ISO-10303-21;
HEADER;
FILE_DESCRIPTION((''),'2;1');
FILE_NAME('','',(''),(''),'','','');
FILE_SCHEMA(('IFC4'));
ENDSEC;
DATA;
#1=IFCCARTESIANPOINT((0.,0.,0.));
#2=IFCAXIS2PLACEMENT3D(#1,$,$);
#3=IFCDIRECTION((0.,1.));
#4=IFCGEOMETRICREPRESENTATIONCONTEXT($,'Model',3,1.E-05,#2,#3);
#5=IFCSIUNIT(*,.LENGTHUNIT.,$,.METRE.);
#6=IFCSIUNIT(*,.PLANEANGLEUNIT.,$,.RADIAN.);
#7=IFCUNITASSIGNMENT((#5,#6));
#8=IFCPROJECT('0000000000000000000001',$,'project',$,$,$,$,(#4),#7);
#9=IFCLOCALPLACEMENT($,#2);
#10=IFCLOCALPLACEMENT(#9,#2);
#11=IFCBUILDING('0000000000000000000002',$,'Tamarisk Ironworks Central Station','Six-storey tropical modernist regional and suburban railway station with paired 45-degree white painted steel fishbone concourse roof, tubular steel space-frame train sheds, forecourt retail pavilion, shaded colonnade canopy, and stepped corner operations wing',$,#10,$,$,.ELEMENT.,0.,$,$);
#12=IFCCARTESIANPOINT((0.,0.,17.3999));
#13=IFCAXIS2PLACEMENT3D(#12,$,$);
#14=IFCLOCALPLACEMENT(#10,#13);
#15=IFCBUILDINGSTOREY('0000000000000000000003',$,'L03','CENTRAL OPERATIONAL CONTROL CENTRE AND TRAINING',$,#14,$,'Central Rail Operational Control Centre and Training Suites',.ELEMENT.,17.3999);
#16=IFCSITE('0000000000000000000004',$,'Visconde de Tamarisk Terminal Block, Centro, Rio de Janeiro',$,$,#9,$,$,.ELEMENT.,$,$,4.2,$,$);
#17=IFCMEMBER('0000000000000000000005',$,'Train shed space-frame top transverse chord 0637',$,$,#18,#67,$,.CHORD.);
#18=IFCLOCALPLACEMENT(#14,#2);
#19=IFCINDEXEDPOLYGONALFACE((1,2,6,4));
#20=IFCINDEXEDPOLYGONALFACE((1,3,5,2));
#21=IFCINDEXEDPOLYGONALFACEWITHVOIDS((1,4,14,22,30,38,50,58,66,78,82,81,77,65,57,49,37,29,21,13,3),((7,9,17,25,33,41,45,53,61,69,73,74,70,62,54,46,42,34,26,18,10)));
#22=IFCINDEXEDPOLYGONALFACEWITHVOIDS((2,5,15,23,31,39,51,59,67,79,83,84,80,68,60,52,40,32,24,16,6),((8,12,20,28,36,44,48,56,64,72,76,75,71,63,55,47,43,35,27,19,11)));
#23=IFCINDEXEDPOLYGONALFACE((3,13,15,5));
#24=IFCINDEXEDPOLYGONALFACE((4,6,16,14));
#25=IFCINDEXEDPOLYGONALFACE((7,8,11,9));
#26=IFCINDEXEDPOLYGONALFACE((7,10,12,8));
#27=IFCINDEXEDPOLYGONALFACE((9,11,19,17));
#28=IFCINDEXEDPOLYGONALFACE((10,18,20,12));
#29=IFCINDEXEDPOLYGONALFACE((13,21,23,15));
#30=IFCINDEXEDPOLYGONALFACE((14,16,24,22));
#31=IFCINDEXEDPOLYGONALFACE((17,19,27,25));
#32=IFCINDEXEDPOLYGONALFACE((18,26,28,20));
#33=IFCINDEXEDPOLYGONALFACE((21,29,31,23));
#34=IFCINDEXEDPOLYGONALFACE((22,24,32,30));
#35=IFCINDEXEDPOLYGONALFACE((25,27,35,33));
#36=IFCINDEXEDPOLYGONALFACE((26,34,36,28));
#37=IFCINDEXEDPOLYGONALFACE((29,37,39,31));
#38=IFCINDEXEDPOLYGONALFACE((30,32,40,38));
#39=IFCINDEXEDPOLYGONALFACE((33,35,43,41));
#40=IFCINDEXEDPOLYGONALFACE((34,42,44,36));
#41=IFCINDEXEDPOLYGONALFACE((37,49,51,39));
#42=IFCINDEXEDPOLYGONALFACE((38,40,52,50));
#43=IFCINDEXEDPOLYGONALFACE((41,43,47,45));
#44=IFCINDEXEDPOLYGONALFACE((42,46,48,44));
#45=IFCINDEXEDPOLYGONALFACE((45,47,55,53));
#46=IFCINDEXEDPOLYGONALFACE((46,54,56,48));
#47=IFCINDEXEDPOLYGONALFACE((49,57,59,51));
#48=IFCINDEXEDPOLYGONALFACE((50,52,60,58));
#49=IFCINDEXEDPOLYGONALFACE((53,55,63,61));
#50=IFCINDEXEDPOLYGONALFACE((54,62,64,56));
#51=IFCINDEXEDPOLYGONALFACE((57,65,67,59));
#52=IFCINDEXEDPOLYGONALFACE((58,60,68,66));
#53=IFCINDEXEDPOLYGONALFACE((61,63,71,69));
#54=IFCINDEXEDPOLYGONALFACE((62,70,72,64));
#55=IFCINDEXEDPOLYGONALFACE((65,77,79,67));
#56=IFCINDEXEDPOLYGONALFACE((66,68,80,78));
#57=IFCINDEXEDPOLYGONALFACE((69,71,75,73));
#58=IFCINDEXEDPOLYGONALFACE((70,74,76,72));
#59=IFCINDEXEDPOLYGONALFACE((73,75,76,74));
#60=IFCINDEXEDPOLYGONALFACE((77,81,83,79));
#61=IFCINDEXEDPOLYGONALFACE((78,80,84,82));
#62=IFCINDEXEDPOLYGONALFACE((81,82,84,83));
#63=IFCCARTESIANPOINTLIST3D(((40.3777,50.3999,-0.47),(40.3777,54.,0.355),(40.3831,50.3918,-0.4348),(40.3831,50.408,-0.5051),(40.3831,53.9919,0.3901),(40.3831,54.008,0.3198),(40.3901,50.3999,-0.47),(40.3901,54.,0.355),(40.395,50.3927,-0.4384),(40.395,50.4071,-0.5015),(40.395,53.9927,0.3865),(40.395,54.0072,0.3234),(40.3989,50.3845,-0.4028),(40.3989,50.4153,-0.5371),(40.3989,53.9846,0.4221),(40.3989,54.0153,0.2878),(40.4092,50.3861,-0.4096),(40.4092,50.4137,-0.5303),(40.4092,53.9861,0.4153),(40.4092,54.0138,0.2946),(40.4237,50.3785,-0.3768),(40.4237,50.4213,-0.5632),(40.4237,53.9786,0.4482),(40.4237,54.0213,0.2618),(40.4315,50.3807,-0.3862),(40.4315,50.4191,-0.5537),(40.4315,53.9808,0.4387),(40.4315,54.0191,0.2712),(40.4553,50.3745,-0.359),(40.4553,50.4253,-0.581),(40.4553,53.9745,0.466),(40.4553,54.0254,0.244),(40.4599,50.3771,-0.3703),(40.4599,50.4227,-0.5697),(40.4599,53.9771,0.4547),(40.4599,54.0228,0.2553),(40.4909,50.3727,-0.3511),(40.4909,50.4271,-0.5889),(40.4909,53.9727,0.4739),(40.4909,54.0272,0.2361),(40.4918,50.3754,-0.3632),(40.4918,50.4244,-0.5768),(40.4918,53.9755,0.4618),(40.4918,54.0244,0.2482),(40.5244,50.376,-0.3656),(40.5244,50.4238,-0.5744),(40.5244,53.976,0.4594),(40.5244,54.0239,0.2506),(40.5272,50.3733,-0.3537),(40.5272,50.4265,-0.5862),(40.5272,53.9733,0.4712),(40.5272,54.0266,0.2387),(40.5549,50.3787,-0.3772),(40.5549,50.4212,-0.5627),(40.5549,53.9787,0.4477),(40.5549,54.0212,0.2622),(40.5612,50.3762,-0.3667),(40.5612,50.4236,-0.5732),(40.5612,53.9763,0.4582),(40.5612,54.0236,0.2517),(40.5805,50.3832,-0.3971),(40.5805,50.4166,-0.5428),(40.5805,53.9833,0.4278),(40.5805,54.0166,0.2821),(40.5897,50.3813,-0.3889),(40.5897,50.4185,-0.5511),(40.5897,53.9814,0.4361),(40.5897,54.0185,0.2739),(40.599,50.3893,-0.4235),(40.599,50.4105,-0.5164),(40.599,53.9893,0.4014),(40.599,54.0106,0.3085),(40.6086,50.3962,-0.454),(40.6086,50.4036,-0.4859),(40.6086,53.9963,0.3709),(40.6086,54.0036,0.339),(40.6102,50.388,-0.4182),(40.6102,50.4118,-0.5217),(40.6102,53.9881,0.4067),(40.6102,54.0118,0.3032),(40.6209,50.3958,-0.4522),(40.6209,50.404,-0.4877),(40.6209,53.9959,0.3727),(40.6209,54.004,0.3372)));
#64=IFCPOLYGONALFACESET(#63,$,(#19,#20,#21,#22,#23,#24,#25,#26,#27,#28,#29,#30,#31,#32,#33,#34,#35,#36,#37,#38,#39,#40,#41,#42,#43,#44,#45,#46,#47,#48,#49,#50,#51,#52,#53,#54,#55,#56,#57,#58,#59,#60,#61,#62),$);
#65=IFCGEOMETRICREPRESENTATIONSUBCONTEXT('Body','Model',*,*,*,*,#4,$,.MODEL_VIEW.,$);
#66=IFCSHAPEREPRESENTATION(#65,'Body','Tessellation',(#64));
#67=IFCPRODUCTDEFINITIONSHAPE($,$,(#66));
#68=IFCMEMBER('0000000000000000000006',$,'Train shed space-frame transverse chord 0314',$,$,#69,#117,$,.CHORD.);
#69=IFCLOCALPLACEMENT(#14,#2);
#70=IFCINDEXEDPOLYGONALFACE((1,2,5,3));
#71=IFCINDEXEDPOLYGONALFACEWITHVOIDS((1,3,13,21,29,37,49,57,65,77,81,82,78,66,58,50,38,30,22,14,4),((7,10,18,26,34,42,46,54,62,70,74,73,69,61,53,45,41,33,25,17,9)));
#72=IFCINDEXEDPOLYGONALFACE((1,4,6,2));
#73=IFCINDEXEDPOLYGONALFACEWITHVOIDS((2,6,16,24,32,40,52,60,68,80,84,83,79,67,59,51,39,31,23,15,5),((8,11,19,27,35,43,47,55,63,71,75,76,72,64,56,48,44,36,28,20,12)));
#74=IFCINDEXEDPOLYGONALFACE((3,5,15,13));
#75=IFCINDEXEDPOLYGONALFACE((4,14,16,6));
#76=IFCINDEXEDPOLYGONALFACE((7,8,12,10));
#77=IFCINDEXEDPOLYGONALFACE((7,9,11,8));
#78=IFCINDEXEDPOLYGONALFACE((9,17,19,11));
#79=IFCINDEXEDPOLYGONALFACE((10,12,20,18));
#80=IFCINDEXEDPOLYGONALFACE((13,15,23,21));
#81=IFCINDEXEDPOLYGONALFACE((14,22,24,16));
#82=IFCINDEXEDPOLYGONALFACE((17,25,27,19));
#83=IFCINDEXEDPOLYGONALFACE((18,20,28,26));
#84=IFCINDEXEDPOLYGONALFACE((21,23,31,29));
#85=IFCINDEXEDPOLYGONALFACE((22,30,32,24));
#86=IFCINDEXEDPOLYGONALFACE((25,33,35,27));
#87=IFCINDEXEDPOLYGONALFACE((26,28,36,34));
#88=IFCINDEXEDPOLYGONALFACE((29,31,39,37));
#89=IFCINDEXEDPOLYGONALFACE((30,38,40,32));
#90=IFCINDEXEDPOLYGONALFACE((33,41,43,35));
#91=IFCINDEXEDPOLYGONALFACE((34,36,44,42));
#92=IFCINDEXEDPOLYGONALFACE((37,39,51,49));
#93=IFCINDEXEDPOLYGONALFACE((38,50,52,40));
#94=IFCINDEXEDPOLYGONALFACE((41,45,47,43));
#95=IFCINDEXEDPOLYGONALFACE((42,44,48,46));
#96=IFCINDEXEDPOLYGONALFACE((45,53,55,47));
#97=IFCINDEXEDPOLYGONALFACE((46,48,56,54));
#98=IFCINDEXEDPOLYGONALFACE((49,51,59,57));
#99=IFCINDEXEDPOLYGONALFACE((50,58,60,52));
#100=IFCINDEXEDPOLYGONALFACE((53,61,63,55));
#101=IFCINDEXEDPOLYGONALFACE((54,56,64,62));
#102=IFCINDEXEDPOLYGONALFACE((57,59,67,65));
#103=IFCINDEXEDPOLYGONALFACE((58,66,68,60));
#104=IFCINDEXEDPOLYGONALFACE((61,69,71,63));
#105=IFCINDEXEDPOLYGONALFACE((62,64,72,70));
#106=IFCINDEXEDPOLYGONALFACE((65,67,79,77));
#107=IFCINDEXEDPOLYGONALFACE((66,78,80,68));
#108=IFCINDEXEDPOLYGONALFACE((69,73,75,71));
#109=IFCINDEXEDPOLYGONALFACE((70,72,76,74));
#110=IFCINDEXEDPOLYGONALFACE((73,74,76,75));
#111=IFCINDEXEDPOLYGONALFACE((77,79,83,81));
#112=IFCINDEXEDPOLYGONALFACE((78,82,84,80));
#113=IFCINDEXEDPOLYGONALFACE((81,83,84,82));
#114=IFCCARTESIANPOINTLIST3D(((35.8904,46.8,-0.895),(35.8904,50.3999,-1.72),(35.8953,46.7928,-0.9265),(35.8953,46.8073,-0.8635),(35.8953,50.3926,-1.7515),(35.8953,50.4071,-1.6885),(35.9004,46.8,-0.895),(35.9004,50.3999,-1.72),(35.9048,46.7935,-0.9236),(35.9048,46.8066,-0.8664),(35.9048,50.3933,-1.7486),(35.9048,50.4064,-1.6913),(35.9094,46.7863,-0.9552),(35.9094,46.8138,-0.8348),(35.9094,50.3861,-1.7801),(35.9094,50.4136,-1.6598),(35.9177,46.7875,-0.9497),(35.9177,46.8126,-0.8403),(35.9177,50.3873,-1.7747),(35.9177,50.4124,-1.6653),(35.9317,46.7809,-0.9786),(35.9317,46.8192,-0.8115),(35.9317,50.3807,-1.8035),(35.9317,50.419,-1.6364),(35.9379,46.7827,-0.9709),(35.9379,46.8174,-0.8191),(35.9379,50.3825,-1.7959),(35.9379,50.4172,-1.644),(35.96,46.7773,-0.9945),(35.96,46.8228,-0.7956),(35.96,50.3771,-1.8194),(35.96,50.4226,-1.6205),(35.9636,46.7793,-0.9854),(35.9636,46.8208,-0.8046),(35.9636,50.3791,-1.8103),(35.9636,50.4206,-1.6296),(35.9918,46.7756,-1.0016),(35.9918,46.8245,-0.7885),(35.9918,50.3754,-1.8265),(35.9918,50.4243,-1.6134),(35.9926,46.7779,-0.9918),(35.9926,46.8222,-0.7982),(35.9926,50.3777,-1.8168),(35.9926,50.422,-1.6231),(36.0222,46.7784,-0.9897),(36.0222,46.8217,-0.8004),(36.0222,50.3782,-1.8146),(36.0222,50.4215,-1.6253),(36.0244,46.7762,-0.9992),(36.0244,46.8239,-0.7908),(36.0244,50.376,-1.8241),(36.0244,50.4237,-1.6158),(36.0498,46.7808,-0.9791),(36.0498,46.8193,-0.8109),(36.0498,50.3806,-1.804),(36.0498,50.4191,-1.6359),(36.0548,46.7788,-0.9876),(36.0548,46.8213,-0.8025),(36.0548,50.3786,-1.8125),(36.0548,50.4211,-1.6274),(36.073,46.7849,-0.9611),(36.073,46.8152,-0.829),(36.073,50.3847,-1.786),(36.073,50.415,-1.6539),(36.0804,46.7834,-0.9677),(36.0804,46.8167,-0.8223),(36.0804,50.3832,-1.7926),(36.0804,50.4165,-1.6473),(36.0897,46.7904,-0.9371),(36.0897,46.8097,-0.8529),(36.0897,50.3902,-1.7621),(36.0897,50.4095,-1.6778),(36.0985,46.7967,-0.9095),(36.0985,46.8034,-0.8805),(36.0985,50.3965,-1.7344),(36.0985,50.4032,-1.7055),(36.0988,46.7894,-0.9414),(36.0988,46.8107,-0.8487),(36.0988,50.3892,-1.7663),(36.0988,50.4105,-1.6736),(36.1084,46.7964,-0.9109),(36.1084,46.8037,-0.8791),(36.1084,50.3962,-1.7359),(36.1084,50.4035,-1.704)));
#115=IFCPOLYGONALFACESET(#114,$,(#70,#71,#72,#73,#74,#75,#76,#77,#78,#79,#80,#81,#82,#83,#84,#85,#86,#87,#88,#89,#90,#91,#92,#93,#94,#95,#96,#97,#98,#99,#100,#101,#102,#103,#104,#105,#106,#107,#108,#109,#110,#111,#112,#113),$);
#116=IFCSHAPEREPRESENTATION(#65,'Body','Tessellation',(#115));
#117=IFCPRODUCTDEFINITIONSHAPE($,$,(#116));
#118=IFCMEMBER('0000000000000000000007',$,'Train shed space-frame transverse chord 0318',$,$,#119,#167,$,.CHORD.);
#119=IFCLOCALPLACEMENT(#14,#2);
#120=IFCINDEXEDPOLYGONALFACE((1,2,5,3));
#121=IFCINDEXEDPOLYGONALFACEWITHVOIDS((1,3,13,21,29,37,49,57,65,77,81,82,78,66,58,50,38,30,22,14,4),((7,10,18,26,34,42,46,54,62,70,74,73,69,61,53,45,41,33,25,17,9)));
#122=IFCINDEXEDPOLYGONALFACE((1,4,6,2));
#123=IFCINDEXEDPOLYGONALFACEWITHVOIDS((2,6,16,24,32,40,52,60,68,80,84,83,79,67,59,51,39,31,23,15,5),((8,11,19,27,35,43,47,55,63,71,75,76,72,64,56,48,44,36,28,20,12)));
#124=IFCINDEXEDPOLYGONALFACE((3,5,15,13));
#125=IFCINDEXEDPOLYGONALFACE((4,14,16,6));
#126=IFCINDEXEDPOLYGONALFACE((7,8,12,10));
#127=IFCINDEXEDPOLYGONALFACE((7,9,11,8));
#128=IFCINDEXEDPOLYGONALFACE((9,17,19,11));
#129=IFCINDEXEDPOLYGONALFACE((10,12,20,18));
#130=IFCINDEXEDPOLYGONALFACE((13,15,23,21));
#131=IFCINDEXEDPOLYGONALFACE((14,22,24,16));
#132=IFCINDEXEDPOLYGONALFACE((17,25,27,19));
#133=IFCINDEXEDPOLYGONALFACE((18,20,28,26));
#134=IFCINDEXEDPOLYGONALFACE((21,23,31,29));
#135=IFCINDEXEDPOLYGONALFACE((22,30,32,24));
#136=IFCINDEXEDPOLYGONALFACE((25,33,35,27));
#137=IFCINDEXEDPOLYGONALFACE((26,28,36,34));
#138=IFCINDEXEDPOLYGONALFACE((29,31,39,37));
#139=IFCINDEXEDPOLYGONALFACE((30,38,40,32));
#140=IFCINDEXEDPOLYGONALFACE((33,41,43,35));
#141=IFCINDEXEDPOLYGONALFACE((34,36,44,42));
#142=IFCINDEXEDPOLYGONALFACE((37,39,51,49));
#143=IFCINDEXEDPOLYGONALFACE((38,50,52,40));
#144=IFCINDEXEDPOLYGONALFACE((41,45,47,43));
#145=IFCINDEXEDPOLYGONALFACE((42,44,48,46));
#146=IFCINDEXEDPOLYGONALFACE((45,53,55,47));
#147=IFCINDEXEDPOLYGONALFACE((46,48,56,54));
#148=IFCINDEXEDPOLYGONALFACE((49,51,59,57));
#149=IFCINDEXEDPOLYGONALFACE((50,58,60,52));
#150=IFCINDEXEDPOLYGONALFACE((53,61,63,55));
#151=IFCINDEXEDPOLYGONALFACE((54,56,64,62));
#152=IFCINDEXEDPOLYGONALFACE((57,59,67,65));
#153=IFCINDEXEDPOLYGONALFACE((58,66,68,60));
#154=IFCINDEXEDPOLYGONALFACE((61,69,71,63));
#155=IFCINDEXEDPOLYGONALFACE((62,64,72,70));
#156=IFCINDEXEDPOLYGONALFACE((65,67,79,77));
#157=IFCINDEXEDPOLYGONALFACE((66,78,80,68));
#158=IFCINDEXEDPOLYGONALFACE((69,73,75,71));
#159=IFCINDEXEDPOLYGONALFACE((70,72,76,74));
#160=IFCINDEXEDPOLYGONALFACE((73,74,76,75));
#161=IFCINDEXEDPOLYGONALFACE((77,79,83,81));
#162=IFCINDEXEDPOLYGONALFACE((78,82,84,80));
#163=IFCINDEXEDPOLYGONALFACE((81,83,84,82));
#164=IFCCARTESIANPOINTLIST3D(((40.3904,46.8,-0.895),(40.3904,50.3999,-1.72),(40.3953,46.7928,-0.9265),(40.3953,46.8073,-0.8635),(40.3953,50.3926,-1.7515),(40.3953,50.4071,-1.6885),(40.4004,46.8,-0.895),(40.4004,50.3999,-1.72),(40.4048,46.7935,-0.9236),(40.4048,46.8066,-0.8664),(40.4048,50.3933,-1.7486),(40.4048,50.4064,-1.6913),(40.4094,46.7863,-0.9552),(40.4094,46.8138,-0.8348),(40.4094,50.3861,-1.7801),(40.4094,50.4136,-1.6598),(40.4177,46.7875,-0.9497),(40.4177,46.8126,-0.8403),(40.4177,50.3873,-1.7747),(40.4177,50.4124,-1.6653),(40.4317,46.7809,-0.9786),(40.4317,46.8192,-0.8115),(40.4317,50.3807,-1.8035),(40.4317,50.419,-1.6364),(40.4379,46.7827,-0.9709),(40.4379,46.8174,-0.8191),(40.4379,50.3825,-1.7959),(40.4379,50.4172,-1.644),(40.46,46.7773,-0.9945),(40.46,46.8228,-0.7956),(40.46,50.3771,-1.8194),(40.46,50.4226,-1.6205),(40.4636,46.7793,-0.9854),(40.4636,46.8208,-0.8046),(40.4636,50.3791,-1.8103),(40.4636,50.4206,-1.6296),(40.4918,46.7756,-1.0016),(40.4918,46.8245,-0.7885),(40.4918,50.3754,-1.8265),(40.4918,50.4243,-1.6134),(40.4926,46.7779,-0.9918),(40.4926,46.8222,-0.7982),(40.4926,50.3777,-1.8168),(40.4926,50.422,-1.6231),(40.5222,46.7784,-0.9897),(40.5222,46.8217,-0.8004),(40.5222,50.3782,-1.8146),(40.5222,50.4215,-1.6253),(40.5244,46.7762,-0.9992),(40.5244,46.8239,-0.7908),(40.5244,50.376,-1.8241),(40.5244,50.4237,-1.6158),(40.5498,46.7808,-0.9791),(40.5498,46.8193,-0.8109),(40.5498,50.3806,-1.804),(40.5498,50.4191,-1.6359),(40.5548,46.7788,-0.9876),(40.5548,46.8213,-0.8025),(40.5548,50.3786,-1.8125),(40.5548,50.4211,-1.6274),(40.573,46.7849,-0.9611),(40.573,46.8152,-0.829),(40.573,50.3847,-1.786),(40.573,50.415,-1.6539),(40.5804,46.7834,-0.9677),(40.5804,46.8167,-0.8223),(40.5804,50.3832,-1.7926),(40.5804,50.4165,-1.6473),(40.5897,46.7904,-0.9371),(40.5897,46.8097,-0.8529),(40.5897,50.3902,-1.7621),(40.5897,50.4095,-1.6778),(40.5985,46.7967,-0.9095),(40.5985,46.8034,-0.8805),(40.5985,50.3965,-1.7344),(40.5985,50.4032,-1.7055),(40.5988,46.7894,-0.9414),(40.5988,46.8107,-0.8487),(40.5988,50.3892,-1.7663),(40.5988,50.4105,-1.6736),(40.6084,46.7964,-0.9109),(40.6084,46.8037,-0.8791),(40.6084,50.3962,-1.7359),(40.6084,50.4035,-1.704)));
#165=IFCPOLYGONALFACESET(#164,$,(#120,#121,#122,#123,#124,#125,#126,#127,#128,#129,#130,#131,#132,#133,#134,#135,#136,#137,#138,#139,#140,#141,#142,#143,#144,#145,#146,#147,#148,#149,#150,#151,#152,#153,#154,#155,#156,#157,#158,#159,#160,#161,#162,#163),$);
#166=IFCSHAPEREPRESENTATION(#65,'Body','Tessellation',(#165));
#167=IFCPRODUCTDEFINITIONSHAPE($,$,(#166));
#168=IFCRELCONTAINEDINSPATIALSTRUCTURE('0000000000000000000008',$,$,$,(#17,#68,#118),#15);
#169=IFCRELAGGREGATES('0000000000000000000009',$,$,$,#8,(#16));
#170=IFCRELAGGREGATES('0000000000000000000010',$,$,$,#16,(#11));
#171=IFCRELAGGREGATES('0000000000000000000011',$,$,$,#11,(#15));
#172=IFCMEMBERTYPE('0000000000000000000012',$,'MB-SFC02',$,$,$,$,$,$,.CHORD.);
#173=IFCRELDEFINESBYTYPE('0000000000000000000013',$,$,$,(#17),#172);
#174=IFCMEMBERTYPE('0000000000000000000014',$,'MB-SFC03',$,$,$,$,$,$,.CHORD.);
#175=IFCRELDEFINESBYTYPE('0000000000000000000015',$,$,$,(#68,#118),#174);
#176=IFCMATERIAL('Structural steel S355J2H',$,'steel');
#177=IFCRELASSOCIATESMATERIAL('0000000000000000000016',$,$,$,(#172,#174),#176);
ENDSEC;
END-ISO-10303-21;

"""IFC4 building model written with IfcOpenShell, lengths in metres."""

from ifc_helpers import new_model, si_unit, direction, frame, origin, origin_2d, place, context, subcontext, project, spatial, hollow_circle, extrude, material, material_profile, profile_set, type_object, element, save


model = new_model("IFC4")

# Units and contexts
model_context = context("Model", 3, precision=1e-05, world=origin(), true_north=direction((0.0, 1.0)))
body_context = subcontext(model_context, "Body", "Model", "MODEL_VIEW")
ifc_project = project(units=[si_unit("LENGTHUNIT", "METRE"), si_unit("PLANEANGLEUNIT", "RADIAN")], contexts=[model_context])

# Site, building, storey
site_placement = place(None, origin())
site = spatial("IfcSite", under=ifc_project, at=site_placement, Name="Visconde de Tamarisk Terminal Block, Centro, Rio de Janeiro", CompositionType="ELEMENT", RefElevation=4.2)
building_placement = place(site_placement, origin())
building = spatial("IfcBuilding", under=site, at=building_placement, Name="Tamarisk Ironworks Central Station", Description="Six-storey tropical modernist regional and suburban railway station with paired 45-degree white painted steel fishbone concourse roof, tubular steel space-frame train sheds, forecourt retail pavilion, shaded colonnade canopy, and stepped corner operations wing", CompositionType="ELEMENT", ElevationOfRefHeight=0.0)
storey_placement = place(building_placement, frame((0.0, 0.0, 17.3999)))
storey = spatial("IfcBuildingStorey", under=building, at=storey_placement, Name="L03", Description="CENTRAL OPERATIONAL CONTROL CENTRE AND TRAINING", LongName="Central Rail Operational Control Centre and Training Suites", CompositionType="ELEMENT", Elevation=17.3999)

# Members
ifc_material_1 = material(Name="Structural steel S355J2H", Category="steel")
ifc_material_profile_1 = material_profile(ifc_material_1, hollow_circle(Radius=0.1223, WallThickness=0.0125, at=origin_2d()), Name="CHS 244.5x12.5")
ifc_profile_set_1 = profile_set([ifc_material_profile_1], Name="Structural steel S355J2H")
member_type_1 = type_object("IfcMemberType", Name="MB-SFC02", PredefinedType="CHORD", material=ifc_profile_set_1)
for number, where, z_axis, x_axis, name in (
    (1, (40.5, 50.3999, -0.47), (0.0, 0.974737, 0.223358), (-1.0, 0.0, 0.0), "Train shed space-frame top transverse chord 0637"),
):
    element("IfcMember", number, at=place(storey_placement, frame(where, z_axis=z_axis, x_axis=x_axis)), inside=storey, type_object=member_type_1, Name=name, PredefinedType="CHORD", context=body_context, shape_type="SweptSolid", body=[
        extrude(hollow_circle(Radius=0.1223, WallThickness=0.0125, at=origin_2d()), origin(), (0.0, 0.0, 1.0), 3.6934),
    ])
ifc_material_profile_2 = material_profile(ifc_material_1, hollow_circle(Radius=0.1096, WallThickness=0.01, at=origin_2d()), Name="CHS 219.1x10")
ifc_profile_set_2 = profile_set([ifc_material_profile_2], Name="Structural steel S355J2H")
member_type_2 = type_object("IfcMemberType", Name="MB-SFC03", PredefinedType="CHORD", material=ifc_profile_set_2)
for number, where, z_axis, x_axis, name in (
    (2, (36.0, 46.8, -0.895), (0.0, 0.974733, -0.223372), (-1.0, 0.0, 0.0), "Train shed space-frame transverse chord 0314"),
    (3, (40.5, 46.8, -0.895), (0.0, 0.974733, -0.223372), (-1.0, 0.0, 0.0), "Train shed space-frame transverse chord 0318"),
):
    element("IfcMember", number, at=place(storey_placement, frame(where, z_axis=z_axis, x_axis=x_axis)), inside=storey, type_object=member_type_2, Name=name, PredefinedType="CHORD", context=body_context, shape_type="SweptSolid", body=[
        extrude(hollow_circle(Radius=0.1096, WallThickness=0.01, at=origin_2d()), origin(), (0.0, 0.0, 1.0), 3.6931),
    ])

save(model, "model.ifc")
